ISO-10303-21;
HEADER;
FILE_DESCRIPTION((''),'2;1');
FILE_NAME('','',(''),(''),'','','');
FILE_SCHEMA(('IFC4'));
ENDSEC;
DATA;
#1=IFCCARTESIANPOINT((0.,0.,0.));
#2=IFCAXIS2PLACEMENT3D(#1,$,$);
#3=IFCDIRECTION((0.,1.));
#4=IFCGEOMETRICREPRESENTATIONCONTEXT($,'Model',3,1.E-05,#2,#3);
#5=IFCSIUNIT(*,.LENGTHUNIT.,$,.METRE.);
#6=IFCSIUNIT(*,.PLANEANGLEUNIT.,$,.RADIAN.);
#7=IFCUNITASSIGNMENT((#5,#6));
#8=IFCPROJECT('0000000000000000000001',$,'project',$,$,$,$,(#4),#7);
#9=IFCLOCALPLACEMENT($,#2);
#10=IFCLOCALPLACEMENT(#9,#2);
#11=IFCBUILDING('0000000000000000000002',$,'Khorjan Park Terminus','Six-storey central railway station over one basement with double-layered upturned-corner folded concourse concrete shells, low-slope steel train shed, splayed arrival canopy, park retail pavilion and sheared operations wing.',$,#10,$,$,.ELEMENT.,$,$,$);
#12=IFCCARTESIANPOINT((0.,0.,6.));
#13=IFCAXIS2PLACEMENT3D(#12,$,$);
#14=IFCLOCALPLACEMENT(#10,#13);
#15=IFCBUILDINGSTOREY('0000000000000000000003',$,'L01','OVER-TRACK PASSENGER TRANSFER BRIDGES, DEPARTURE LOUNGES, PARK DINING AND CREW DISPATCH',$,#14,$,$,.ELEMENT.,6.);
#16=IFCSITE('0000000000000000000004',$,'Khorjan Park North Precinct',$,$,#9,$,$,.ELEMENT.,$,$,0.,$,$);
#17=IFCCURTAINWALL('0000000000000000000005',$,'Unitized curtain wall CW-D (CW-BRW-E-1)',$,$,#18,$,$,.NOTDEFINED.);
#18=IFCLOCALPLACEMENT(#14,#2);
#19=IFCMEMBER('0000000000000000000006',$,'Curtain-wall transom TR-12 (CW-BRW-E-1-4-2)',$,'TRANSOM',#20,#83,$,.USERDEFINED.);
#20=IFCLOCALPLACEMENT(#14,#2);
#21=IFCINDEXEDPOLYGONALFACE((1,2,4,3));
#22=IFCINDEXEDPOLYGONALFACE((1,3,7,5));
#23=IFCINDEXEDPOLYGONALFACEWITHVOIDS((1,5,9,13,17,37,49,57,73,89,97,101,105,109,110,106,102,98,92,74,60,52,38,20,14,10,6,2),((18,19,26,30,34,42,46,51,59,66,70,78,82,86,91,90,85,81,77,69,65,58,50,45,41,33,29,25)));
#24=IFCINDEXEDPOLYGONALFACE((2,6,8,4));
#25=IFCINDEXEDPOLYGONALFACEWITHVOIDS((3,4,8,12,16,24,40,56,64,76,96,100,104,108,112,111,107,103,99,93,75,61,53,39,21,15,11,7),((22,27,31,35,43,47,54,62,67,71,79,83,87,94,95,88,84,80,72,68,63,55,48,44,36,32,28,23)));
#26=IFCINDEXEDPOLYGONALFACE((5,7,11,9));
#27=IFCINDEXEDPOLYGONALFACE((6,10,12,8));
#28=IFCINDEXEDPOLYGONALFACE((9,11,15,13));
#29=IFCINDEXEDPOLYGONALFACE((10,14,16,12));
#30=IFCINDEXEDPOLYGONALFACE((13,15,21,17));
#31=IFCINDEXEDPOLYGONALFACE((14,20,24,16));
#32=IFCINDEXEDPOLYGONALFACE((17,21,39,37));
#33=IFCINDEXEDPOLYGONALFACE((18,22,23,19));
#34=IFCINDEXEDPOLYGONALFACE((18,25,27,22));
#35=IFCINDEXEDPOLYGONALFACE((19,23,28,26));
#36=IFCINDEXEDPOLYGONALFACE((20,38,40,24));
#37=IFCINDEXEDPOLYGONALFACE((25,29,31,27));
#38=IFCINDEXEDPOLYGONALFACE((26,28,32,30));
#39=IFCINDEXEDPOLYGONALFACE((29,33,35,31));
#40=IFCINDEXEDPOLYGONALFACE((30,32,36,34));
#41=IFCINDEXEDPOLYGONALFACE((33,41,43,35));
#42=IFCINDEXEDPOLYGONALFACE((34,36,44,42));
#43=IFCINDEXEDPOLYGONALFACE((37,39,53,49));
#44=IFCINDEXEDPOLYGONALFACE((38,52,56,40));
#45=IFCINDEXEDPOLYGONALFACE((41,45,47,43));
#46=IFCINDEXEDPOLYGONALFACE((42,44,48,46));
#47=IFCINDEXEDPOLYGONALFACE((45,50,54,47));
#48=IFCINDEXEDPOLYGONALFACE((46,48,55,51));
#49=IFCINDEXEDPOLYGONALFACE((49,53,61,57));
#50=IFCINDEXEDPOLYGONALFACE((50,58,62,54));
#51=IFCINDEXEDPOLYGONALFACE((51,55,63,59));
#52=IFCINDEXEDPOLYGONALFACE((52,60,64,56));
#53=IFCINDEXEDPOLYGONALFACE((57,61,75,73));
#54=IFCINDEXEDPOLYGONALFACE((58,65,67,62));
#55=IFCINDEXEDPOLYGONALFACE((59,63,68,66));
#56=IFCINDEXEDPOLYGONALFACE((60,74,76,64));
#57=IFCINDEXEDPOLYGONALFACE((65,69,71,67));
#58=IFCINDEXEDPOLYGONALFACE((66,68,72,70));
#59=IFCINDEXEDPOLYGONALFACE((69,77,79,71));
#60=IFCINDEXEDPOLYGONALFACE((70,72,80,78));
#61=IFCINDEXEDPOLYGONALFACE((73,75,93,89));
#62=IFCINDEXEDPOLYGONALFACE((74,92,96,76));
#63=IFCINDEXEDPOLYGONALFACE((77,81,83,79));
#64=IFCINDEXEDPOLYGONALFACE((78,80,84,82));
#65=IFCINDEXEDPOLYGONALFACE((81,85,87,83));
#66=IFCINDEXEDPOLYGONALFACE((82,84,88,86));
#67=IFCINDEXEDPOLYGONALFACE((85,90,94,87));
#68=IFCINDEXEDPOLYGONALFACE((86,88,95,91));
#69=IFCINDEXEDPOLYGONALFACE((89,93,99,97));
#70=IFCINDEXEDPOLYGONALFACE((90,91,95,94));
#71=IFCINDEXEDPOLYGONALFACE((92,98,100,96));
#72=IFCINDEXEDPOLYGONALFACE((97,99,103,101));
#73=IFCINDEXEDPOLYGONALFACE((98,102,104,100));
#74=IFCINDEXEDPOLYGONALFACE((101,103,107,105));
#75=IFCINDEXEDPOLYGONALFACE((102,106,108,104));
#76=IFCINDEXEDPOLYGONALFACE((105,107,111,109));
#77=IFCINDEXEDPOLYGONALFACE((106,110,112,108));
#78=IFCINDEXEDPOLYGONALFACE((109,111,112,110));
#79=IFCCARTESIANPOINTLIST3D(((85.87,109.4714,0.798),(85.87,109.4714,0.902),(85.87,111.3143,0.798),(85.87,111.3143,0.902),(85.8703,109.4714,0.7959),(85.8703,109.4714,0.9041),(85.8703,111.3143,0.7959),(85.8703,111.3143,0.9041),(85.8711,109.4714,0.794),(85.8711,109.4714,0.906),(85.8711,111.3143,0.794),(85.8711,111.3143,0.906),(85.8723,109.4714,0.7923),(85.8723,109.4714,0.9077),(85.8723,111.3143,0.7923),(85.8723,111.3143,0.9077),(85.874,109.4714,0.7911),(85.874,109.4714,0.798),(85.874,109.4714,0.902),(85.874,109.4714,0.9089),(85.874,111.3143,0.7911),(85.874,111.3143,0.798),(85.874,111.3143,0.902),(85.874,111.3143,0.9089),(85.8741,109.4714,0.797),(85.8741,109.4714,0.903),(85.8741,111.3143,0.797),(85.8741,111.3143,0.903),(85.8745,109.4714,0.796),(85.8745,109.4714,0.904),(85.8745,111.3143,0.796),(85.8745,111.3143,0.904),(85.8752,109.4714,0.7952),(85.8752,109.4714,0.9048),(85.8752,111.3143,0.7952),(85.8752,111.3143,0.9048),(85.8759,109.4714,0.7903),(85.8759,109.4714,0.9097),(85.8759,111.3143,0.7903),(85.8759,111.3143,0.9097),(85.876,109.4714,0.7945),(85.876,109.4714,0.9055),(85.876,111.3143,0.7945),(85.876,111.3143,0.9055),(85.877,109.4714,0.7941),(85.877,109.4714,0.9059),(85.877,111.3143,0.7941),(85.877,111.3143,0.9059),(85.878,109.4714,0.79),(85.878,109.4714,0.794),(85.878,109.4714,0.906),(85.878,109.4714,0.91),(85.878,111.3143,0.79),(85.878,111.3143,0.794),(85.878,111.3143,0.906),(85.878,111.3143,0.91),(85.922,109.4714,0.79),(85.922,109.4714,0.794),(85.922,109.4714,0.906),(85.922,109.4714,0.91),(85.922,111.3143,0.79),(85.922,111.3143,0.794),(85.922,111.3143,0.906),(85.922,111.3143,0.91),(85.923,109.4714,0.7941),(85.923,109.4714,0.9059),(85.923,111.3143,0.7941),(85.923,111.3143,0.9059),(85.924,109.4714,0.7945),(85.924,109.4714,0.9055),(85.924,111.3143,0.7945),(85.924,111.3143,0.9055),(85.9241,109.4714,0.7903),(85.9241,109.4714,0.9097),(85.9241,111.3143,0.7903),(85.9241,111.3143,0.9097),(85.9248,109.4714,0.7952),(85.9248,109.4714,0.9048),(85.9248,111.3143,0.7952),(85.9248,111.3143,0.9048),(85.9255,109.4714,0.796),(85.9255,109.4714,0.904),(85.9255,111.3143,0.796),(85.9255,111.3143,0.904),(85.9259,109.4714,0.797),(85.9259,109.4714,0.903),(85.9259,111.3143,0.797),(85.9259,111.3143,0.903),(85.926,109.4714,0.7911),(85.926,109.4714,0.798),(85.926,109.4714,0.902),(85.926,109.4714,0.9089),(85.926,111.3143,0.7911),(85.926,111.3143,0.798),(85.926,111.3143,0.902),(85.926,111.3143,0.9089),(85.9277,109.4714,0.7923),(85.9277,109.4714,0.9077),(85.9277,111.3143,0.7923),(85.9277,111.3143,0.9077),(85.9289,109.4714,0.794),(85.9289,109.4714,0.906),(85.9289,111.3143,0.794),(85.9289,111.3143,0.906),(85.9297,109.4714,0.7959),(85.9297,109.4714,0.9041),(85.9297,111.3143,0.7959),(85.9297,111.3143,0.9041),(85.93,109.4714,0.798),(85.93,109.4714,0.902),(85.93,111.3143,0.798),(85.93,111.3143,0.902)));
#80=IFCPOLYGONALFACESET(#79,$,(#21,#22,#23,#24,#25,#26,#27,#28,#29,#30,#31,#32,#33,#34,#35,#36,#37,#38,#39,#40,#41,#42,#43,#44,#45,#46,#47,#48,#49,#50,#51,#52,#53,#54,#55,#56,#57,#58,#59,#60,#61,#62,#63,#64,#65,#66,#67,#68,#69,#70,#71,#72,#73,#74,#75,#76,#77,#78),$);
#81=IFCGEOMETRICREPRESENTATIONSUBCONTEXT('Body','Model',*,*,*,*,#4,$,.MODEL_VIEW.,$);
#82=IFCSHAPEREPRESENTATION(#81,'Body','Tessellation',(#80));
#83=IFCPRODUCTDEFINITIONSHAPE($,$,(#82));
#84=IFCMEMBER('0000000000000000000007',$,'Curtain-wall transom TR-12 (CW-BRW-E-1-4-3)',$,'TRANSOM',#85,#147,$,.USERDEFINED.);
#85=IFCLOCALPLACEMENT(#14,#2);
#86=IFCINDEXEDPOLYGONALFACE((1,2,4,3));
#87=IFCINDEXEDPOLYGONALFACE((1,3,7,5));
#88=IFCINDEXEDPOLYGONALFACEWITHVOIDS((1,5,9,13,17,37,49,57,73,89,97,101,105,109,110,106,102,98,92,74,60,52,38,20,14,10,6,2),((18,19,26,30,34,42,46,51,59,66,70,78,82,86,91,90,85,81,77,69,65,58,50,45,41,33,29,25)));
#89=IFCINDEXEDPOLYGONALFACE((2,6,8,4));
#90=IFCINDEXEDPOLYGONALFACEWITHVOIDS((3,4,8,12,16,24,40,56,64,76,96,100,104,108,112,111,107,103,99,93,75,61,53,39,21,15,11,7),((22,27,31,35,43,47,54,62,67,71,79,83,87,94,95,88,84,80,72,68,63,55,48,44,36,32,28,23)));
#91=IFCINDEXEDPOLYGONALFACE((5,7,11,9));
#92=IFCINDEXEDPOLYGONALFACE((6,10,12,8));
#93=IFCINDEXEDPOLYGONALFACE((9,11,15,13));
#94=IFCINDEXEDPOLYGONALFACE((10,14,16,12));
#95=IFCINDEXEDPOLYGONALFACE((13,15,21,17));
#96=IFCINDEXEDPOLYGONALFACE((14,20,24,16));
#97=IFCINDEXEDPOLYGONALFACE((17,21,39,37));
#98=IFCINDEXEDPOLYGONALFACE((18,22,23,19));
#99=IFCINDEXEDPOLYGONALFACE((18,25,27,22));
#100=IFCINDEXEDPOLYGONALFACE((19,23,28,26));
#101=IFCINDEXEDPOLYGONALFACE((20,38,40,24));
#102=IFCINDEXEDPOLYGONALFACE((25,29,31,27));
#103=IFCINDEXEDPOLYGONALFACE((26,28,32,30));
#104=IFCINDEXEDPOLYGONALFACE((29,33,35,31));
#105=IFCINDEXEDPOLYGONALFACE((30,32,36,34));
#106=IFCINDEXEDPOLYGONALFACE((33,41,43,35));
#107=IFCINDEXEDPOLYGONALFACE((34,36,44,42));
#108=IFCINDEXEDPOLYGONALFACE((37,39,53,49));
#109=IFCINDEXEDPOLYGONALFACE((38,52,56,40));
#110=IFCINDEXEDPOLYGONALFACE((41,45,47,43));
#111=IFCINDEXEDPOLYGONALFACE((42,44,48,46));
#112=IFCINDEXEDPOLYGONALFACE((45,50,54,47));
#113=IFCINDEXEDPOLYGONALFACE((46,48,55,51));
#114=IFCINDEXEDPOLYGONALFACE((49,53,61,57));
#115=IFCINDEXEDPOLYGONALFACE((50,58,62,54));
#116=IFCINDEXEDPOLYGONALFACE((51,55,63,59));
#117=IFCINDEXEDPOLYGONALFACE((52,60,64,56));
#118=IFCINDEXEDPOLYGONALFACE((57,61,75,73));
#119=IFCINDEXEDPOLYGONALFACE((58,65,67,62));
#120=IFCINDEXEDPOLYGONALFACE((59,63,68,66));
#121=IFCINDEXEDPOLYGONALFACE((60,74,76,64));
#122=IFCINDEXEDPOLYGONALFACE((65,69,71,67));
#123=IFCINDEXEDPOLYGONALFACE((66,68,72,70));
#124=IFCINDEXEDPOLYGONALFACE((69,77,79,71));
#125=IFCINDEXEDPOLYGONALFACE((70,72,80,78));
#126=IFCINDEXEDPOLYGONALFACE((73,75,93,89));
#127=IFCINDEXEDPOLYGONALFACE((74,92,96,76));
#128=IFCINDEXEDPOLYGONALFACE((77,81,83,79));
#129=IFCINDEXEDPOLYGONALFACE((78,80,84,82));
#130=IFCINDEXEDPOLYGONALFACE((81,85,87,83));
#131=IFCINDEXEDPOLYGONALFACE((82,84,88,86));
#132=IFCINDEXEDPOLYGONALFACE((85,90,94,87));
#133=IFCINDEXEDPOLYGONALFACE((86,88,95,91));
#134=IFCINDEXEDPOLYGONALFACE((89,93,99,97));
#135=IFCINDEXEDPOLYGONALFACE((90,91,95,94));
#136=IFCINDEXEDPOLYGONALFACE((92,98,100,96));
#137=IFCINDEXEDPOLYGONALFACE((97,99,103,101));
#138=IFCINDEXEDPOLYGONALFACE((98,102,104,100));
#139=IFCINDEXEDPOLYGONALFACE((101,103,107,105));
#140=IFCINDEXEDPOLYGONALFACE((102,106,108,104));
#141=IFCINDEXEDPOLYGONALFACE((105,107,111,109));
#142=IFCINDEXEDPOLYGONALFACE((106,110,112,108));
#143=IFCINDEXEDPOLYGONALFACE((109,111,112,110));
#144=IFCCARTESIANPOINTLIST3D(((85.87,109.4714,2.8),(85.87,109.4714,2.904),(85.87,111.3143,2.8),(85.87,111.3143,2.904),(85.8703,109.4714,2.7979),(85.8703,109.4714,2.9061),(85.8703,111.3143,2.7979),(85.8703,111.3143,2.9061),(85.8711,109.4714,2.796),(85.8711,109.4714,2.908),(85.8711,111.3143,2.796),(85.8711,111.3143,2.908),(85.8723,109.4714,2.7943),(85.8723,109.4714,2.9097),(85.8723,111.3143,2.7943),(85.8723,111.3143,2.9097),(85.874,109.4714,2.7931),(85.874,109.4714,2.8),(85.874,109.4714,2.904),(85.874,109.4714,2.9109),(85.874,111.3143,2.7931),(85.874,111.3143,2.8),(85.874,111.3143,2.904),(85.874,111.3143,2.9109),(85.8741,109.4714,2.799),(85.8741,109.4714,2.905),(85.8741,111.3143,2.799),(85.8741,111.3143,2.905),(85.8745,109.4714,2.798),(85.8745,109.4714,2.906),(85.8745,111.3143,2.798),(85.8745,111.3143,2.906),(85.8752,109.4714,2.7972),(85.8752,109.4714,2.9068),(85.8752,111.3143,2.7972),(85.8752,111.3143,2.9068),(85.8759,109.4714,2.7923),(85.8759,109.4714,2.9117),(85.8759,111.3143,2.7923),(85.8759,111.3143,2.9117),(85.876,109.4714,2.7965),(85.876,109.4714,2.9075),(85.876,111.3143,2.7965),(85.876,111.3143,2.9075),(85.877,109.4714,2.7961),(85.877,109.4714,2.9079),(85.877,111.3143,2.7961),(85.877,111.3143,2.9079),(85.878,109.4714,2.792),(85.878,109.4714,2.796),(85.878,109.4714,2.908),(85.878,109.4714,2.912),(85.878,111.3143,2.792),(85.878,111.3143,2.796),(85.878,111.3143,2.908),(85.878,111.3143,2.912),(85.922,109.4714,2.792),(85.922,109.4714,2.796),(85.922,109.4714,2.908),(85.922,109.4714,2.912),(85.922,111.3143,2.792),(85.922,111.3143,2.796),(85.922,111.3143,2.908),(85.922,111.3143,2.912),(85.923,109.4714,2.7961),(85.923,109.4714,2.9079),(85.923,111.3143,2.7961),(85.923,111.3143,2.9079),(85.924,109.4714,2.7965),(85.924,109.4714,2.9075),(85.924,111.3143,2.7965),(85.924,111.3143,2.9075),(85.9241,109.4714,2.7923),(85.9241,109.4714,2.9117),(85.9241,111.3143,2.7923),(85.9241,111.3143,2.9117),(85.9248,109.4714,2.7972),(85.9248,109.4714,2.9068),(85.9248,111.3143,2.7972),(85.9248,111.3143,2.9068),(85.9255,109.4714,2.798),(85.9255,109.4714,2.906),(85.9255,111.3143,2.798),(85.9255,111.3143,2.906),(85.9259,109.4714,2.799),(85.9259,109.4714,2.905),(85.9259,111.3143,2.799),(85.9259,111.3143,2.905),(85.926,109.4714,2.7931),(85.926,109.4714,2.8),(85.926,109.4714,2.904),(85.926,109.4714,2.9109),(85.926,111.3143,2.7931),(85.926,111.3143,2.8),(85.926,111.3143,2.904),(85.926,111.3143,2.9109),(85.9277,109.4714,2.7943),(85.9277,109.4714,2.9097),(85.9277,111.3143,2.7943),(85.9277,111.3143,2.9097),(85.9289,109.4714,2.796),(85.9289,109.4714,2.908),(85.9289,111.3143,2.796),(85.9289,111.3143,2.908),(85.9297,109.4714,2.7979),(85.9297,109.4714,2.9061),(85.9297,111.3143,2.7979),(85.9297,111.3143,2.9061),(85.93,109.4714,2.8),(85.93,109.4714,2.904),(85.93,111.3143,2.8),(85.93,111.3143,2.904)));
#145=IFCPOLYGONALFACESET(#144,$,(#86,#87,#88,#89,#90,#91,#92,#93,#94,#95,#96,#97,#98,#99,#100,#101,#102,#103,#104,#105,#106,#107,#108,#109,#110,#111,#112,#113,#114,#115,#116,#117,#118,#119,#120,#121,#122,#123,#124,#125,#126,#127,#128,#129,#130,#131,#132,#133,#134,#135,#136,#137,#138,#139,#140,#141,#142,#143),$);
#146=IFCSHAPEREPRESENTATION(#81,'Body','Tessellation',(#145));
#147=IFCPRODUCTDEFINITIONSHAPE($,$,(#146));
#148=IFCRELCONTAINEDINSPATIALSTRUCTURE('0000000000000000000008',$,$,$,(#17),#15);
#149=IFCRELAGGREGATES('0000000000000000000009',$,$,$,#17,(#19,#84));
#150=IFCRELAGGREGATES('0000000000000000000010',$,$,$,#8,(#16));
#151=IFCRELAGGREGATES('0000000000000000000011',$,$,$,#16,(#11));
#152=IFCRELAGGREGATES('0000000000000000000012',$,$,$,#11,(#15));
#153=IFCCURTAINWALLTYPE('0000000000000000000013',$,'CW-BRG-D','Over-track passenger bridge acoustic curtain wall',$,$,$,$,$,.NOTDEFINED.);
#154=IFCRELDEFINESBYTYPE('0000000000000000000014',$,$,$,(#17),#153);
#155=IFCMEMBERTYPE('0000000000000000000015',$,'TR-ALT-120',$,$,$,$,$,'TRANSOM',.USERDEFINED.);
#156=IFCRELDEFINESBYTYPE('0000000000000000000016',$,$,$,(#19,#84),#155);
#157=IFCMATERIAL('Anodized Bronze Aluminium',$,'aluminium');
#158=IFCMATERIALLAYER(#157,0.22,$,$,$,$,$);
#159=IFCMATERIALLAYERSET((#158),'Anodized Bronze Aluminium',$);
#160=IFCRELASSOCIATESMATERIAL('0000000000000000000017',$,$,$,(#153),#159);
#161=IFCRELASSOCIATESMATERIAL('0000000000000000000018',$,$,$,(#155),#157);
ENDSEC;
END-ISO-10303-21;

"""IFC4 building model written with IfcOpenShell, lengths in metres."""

from ifc_helpers import new_model, si_unit, direction, frame, origin, origin_2d, place, context, subcontext, project, spatial, hollow_rectangle, extrude, material, layer, layer_set, material_profile, profile_set, type_object, element, aggregate, save


model = new_model("IFC4")

# Units and contexts
model_context = context("Model", 3, precision=1e-05, world=origin(), true_north=direction((0.0, 1.0)))
body_context = subcontext(model_context, "Body", "Model", "MODEL_VIEW")
ifc_project = project(units=[si_unit("LENGTHUNIT", "METRE"), si_unit("PLANEANGLEUNIT", "RADIAN")], contexts=[model_context])

# Site, building, storey
site_placement = place(None, origin())
site = spatial("IfcSite", under=ifc_project, at=site_placement, Name="Khorjan Park North Precinct", CompositionType="ELEMENT", RefElevation=0.0)
building_placement = place(site_placement, origin())
building = spatial("IfcBuilding", under=site, at=building_placement, Name="Khorjan Park Terminus", Description="Six-storey central railway station over one basement with double-layered upturned-corner folded concourse concrete shells, low-slope steel train shed, splayed arrival canopy, park retail pavilion and sheared operations wing.", CompositionType="ELEMENT")
storey_placement = place(building_placement, frame((0.0, 0.0, 6.0)))
storey = spatial("IfcBuildingStorey", under=building, at=storey_placement, Name="L01", Description="OVER-TRACK PASSENGER TRANSFER BRIDGES, DEPARTURE LOUNGES, PARK DINING AND CREW DISPATCH", CompositionType="ELEMENT", Elevation=6.0)

# Curtain wall
ifc_material_1 = material(Name="Anodized Bronze Aluminium", Category="aluminium")
ifc_layer_1 = layer(ifc_material_1, 0.22)
ifc_layer_set_1 = layer_set([ifc_layer_1], Name="Anodized Bronze Aluminium")
curtain_wall_type = type_object("IfcCurtainWallType", Name="CW-BRG-D", Description="Over-track passenger bridge acoustic curtain wall", PredefinedType="NOTDEFINED", material=ifc_layer_set_1)
curtain_wall_1_placement = place(storey_placement, origin())
curtain_wall_1 = element("IfcCurtainWall", 1, at=curtain_wall_1_placement, inside=storey, type_object=curtain_wall_type, Name="Unitized curtain wall CW-D (CW-BRW-E-1)", PredefinedType="NOTDEFINED")

# Members
ifc_material_profile_1 = material_profile(ifc_material_1, hollow_rectangle(XDim=0.06, YDim=0.12, WallThickness=0.004, InnerFilletRadius=0.004, OuterFilletRadius=0.008, at=origin_2d()), Name="ALT 60x120x4")
ifc_profile_set_1 = profile_set([ifc_material_profile_1], Name="Anodized Bronze Aluminium")
member_type_1 = type_object("IfcMemberType", Name="TR-ALT-120", ElementType="TRANSOM", PredefinedType="USERDEFINED", material=ifc_profile_set_1)
member_1_placement = place(storey_placement, frame((85.9, 109.4714, 0.85), z_axis=(0.0, 1.0, 0.0), x_axis=(-1.0, 0.0, 0.0)))
member_1 = element("IfcMember", 2, at=member_1_placement, type_object=member_type_1, Name="Curtain-wall transom TR-12 (CW-BRW-E-1-4-2)", ObjectType="TRANSOM", PredefinedType="USERDEFINED", context=body_context, shape_type="SweptSolid", body=[
    extrude(hollow_rectangle(XDim=0.06, YDim=0.12, WallThickness=0.004, InnerFilletRadius=0.004, OuterFilletRadius=0.008, at=origin_2d()), origin(), (0.0, 0.0, 1.0), 1.8429),
])
member_2_placement = place(storey_placement, frame((85.9, 109.4714, 2.852), z_axis=(0.0, 1.0, 0.0), x_axis=(-1.0, 0.0, 0.0)))
member_2 = element("IfcMember", 3, at=member_2_placement, type_object=member_type_1, Name="Curtain-wall transom TR-12 (CW-BRW-E-1-4-3)", ObjectType="TRANSOM", PredefinedType="USERDEFINED", context=body_context, shape_type="SweptSolid", body=[
    extrude(hollow_rectangle(XDim=0.06, YDim=0.12, WallThickness=0.004, InnerFilletRadius=0.004, OuterFilletRadius=0.008, at=origin_2d()), origin(), (0.0, 0.0, 1.0), 1.8429),
])

aggregate(curtain_wall_1, [member_1, member_2])

save(model, "model.ifc")
